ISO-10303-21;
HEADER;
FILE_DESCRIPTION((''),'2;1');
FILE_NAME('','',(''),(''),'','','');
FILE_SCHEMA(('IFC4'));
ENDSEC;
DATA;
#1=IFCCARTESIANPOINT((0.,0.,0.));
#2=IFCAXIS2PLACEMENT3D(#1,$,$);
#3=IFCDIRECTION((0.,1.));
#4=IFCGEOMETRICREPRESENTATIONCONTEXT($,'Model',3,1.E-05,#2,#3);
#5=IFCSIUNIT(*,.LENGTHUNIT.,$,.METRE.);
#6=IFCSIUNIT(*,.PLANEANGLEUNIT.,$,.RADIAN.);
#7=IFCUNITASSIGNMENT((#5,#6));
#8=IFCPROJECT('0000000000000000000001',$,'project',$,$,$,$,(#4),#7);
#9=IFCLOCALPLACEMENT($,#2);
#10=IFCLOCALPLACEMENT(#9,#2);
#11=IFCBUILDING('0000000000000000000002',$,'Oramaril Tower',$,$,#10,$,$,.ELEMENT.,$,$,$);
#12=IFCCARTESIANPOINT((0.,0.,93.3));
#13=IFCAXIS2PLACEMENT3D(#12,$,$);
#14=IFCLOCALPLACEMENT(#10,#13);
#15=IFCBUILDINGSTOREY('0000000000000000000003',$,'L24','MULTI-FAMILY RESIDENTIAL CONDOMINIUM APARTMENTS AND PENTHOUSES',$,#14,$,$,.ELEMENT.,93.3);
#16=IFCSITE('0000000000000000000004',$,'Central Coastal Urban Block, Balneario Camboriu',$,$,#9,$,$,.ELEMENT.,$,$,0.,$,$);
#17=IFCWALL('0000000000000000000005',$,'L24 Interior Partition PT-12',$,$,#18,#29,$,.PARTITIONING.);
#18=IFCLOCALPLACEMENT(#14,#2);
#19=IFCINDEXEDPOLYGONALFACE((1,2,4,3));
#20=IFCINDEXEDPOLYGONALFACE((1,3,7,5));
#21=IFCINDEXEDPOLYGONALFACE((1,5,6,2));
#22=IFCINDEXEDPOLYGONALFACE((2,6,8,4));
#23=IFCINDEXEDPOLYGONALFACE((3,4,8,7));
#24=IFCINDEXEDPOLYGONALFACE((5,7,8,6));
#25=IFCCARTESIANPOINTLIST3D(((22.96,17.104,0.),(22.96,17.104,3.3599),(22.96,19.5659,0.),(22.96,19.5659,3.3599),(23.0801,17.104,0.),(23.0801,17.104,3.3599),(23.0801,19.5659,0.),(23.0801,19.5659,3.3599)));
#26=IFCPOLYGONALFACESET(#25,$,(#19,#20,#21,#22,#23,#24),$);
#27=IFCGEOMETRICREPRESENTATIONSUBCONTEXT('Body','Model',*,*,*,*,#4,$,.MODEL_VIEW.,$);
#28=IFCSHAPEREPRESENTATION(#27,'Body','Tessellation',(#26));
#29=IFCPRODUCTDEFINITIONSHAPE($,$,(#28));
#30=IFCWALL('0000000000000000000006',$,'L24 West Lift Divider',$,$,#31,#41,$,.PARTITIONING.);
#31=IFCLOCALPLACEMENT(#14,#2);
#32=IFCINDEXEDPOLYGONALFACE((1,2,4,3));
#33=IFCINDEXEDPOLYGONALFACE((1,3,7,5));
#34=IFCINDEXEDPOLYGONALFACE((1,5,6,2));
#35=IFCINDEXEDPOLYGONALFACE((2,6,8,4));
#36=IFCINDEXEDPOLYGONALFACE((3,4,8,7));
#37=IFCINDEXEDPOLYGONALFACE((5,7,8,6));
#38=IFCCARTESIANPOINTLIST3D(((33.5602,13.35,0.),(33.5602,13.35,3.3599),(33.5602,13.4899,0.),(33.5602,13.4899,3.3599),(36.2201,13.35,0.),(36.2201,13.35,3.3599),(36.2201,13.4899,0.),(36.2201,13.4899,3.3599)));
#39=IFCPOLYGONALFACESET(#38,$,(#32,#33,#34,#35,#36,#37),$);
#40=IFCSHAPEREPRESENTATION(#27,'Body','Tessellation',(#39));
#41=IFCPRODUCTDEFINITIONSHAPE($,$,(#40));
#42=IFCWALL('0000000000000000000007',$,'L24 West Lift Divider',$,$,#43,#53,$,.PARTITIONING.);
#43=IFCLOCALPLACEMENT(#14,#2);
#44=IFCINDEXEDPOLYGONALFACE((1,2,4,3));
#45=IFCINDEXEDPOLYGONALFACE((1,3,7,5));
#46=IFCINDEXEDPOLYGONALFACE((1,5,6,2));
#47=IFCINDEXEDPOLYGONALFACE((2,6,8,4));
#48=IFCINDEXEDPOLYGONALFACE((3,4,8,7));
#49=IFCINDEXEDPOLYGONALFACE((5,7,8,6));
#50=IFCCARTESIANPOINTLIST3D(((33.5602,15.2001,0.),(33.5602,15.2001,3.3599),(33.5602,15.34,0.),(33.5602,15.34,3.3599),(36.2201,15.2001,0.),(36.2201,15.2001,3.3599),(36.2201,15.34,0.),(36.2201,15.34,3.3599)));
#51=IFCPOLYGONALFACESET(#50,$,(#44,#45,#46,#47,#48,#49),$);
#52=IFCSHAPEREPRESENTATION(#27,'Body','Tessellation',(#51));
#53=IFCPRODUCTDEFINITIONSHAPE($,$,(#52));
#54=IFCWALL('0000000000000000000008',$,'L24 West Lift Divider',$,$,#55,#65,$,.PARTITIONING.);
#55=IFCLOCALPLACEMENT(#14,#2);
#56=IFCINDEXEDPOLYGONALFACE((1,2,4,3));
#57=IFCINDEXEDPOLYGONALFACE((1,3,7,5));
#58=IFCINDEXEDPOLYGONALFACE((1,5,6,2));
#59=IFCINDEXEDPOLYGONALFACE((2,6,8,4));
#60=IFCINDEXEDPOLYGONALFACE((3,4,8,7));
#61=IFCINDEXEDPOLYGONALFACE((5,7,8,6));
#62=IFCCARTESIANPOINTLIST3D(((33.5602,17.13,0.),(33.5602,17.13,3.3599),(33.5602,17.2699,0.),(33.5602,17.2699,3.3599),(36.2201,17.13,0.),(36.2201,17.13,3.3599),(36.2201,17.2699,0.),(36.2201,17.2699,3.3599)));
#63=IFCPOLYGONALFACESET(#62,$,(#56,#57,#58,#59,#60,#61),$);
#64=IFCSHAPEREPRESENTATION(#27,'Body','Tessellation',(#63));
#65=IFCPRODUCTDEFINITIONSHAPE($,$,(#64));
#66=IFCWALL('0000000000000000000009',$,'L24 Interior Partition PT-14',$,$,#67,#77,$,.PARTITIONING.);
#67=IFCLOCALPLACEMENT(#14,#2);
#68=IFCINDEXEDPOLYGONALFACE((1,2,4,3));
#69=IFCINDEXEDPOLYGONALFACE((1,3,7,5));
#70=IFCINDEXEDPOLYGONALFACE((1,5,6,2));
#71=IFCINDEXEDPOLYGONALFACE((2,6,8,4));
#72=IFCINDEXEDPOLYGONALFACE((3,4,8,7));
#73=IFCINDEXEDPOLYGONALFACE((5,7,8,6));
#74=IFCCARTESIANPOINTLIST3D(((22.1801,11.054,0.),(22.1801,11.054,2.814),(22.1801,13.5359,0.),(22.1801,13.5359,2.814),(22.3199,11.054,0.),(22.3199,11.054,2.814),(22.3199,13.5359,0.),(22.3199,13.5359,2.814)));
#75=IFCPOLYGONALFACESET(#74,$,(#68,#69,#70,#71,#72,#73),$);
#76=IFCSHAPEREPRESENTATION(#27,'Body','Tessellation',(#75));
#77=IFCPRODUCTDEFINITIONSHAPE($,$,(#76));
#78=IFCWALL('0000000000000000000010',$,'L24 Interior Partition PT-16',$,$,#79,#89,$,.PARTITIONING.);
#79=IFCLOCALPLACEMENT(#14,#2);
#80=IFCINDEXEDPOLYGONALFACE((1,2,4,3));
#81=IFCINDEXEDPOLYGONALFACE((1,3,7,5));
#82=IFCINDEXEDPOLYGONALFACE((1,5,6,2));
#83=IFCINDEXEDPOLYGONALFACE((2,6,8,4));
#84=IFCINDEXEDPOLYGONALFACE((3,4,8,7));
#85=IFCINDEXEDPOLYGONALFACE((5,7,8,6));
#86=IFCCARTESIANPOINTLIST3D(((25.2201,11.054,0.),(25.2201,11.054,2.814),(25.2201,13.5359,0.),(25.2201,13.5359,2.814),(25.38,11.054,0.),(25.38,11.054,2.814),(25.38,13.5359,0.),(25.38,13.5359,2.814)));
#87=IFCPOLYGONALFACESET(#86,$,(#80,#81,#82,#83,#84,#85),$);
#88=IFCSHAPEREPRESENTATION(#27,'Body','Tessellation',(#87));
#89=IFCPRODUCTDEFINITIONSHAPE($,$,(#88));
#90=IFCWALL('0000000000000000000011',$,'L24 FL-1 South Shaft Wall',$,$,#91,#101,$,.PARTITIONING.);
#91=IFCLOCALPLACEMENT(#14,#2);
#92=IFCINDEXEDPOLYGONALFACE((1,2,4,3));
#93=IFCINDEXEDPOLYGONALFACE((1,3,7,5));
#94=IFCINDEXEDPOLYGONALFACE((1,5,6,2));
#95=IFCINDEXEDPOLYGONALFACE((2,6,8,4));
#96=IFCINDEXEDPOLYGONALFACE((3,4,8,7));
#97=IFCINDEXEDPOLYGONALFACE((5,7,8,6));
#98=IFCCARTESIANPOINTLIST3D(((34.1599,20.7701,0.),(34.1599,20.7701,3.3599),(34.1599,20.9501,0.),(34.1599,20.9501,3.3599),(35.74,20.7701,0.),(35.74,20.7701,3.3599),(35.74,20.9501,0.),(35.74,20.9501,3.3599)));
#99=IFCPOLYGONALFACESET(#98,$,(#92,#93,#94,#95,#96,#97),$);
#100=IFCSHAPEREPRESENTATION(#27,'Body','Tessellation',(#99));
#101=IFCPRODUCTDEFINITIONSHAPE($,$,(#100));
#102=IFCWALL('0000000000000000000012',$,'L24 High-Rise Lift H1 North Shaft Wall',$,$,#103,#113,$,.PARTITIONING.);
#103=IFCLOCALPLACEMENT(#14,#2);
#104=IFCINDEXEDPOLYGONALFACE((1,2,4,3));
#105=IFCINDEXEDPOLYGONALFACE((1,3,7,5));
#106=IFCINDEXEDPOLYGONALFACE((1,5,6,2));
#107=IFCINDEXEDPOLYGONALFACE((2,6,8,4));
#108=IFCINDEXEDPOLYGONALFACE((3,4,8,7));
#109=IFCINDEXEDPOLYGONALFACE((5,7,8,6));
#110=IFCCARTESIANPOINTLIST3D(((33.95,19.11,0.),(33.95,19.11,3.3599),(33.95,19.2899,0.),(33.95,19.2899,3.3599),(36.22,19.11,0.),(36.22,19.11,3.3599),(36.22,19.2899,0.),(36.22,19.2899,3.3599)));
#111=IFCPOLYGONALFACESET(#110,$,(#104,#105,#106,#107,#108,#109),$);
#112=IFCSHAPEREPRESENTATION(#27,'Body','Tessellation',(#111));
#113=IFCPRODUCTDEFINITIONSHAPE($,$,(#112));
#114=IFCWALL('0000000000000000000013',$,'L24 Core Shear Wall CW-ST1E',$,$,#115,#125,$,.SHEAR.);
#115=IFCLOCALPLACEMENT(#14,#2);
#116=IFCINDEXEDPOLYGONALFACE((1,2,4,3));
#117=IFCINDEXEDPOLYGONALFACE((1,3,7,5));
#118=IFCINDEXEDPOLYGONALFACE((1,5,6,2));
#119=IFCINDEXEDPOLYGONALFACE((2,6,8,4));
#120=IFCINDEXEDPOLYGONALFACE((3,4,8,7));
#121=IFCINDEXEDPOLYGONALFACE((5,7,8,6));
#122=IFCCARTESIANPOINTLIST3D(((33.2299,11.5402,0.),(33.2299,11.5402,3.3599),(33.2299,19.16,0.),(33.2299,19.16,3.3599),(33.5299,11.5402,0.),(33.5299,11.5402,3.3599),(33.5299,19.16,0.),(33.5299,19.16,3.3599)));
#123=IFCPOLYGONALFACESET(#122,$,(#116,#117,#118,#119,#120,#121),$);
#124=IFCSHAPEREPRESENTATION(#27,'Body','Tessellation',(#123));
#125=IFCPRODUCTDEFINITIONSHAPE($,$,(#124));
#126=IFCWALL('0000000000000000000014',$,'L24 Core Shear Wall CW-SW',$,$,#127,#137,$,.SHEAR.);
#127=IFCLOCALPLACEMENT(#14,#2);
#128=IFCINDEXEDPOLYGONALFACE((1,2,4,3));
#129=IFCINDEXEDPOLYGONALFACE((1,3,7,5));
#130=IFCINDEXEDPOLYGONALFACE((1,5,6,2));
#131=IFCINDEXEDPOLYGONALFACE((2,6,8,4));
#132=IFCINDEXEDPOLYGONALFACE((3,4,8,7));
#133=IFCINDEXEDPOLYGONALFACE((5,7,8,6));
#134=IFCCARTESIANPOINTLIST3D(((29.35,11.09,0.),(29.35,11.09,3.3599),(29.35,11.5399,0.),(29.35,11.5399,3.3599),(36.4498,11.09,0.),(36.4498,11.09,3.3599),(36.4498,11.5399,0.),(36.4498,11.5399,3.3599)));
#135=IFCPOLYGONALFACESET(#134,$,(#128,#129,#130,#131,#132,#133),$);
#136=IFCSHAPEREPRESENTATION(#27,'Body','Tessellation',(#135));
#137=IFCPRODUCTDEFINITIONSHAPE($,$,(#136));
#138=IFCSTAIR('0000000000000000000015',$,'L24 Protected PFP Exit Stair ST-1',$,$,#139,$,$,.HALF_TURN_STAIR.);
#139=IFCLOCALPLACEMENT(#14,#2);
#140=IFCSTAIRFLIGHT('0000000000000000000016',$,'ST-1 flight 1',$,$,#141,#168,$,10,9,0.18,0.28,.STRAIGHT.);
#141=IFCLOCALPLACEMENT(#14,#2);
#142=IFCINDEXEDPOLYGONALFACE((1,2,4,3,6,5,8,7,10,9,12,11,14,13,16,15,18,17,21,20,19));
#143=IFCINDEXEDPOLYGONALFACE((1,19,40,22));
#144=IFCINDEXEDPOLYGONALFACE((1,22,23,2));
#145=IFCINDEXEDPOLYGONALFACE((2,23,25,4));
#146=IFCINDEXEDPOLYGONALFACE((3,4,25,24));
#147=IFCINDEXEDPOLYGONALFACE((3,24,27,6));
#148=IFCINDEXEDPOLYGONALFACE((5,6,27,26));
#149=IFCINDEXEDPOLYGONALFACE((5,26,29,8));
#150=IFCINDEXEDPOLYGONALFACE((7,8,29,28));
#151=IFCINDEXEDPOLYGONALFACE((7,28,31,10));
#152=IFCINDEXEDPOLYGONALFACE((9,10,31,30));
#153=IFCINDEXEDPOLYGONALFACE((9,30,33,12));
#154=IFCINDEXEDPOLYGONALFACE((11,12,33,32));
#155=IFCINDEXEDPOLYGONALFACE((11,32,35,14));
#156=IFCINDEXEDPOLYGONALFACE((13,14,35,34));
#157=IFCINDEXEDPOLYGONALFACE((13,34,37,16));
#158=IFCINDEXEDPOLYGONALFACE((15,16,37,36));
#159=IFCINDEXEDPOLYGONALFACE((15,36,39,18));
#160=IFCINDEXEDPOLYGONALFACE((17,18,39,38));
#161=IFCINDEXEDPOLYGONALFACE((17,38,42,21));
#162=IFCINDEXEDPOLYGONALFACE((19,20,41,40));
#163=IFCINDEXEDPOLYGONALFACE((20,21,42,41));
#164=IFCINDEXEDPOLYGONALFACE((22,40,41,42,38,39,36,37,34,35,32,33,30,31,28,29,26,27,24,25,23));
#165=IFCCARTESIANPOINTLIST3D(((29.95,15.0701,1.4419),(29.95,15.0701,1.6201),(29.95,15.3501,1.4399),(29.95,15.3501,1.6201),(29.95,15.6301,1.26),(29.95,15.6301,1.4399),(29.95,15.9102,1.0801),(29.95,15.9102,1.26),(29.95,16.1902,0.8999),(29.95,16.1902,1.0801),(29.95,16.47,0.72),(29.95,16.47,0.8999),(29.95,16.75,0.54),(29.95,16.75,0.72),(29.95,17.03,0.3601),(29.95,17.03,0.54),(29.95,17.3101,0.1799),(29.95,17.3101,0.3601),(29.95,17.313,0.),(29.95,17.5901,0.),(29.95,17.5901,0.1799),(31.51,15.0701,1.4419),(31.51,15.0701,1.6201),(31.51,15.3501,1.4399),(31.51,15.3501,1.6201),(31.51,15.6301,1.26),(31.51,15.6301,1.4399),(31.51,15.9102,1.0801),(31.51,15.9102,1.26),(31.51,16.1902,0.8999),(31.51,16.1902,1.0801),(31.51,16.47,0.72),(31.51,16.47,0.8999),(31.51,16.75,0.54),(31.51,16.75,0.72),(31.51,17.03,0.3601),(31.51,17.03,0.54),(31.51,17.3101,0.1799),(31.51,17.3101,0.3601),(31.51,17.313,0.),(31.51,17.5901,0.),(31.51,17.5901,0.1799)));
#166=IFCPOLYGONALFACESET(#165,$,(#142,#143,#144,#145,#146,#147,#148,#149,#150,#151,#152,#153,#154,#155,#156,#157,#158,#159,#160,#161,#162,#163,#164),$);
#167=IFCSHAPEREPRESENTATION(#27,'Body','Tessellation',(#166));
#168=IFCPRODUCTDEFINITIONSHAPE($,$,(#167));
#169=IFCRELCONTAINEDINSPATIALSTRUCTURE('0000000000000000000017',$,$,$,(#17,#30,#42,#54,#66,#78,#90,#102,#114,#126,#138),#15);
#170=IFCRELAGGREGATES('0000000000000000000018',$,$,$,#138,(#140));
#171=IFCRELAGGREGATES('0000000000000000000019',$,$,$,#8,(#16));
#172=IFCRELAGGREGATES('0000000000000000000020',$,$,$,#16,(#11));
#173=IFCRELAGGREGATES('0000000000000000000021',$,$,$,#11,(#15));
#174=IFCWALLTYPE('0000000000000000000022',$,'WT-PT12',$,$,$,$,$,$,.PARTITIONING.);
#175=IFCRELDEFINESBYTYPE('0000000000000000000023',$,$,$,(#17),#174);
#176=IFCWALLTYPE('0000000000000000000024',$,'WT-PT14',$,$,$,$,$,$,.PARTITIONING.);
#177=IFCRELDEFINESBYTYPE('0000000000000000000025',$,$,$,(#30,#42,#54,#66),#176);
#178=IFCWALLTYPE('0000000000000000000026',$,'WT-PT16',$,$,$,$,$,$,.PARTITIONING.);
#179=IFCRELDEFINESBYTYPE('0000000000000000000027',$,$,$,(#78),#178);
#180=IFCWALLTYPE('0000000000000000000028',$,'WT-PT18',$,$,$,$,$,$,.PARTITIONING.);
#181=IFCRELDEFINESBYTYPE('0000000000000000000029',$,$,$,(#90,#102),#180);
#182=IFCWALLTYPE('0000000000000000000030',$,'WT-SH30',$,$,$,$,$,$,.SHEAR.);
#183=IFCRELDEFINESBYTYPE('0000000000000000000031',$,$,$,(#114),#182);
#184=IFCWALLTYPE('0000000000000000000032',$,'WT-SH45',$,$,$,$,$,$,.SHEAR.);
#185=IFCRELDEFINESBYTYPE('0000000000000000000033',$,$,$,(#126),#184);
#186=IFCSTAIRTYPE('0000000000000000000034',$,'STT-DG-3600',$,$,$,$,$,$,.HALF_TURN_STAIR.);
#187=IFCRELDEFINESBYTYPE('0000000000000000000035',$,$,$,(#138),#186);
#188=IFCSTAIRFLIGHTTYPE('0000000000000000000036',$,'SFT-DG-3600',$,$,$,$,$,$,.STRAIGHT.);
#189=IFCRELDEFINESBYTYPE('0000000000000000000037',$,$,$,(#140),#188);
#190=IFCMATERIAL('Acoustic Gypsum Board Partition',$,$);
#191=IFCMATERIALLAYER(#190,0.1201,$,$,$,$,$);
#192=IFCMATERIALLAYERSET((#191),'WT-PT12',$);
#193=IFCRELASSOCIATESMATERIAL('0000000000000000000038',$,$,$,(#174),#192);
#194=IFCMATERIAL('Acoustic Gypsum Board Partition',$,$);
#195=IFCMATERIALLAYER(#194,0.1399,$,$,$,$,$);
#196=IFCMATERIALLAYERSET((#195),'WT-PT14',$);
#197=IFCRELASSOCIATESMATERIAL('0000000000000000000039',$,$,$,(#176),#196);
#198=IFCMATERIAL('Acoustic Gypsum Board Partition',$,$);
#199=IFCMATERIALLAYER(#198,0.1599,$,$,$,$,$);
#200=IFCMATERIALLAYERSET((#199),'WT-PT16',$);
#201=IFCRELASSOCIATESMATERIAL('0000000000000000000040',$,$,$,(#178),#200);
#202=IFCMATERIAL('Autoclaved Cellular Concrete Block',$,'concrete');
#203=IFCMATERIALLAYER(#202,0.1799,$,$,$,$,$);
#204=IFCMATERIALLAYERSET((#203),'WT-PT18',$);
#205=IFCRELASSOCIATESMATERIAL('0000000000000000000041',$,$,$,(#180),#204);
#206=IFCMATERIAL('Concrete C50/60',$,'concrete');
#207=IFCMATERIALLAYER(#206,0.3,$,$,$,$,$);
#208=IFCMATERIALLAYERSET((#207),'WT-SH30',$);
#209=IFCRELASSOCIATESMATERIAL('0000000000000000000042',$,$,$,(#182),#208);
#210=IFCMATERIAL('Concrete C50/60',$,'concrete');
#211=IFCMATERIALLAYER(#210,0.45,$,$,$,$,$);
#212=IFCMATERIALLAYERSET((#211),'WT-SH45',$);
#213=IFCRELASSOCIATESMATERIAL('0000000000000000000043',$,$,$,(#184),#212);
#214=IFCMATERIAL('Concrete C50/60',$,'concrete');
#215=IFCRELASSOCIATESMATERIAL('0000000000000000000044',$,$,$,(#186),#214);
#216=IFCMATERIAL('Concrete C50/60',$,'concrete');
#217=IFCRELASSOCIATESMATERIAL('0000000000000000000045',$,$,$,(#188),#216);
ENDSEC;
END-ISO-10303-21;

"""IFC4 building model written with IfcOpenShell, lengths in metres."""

from ifc_helpers import new_model, si_unit, direction, frame, frame_2d, origin, place, context, subcontext, project, spatial, polyline, rectangle, outline, extrude, material, layer, layer_set, type_object, element, aggregate, save


model = new_model("IFC4")

# Units and contexts
model_context = context("Model", 3, precision=1e-05, world=origin(), true_north=direction((0.0, 1.0)))
body_context = subcontext(model_context, "Body", "Model", "MODEL_VIEW")
ifc_project = project(units=[si_unit("LENGTHUNIT", "METRE"), si_unit("PLANEANGLEUNIT", "RADIAN")], contexts=[model_context])

# Site, building, storey
site_placement = place(None, origin())
site = spatial("IfcSite", under=ifc_project, at=site_placement, Name="Central Coastal Urban Block, Balneario Camboriu", CompositionType="ELEMENT", RefElevation=0.0)
building_placement = place(site_placement, origin())
building = spatial("IfcBuilding", under=site, at=building_placement, Name="Oramaril Tower", CompositionType="ELEMENT")
storey_placement = place(building_placement, frame((0.0, 0.0, 93.3)))
storey = spatial("IfcBuildingStorey", under=building, at=storey_placement, Name="L24", Description="MULTI-FAMILY RESIDENTIAL CONDOMINIUM APARTMENTS AND PENTHOUSES", CompositionType="ELEMENT", Elevation=93.3)

# Walls
ifc_material_1 = material(Name="Acoustic Gypsum Board Partition")
ifc_layer_1 = layer(ifc_material_1, 0.1201)
ifc_layer_set_1 = layer_set([ifc_layer_1], Name="WT-PT12")
wall_type_1 = type_object("IfcWallType", Name="WT-PT12", PredefinedType="PARTITIONING", material=ifc_layer_set_1)
wall_1_placement = place(storey_placement, frame((23.02, 17.104, 0.0), z_axis=(0.0, 0.0, 1.0), x_axis=(0.0, 1.0, 0.0)))
element("IfcWall", 1, at=wall_1_placement, inside=storey, type_object=wall_type_1, Name="L24 Interior Partition PT-12", PredefinedType="PARTITIONING", context=body_context, shape_type="SweptSolid", body=[
    extrude(rectangle(XDim=2.4619, YDim=0.1201, at=frame_2d((1.231, 0.0))), origin(), (0.0, 0.0, 1.0), 3.3599),
])
ifc_material_2 = material(Name="Acoustic Gypsum Board Partition")
ifc_layer_2 = layer(ifc_material_2, 0.1399)
ifc_layer_set_2 = layer_set([ifc_layer_2], Name="WT-PT14")
wall_type_2 = type_object("IfcWallType", Name="WT-PT14", PredefinedType="PARTITIONING", material=ifc_layer_set_2)
for number, where, z_axis, x_axis, name in (
    (2, (33.5601, 13.4199, 0.0), (0.0, 0.0, 1.0), (1.0, 0.0, 0.0), "L24 West Lift Divider"),
    (3, (33.5601, 15.27, 0.0), (0.0, 0.0, 1.0), (1.0, 0.0, 0.0), "L24 West Lift Divider"),
    (4, (33.5601, 17.2, 0.0), (0.0, 0.0, 1.0), (1.0, 0.0, 0.0), "L24 West Lift Divider"),
):
    element("IfcWall", number, at=place(storey_placement, frame(where, z_axis=z_axis, x_axis=x_axis)), inside=storey, type_object=wall_type_2, Name=name, PredefinedType="PARTITIONING", context=body_context, shape_type="SweptSolid", body=[
        extrude(rectangle(XDim=2.6599, YDim=0.1399, at=frame_2d((1.3301, 0.0))), origin(), (0.0, 0.0, 1.0), 3.3599),
    ])
wall_2_placement = place(storey_placement, frame((22.25, 11.054, 0.0), z_axis=(0.0, 0.0, 1.0), x_axis=(0.0, 1.0, 0.0)))
element("IfcWall", 5, at=wall_2_placement, inside=storey, type_object=wall_type_2, Name="L24 Interior Partition PT-14", PredefinedType="PARTITIONING", context=body_context, shape_type="SweptSolid", body=[
    extrude(rectangle(XDim=2.4819, YDim=0.1399, at=frame_2d((1.241, 0.0))), origin(), (0.0, 0.0, 1.0), 2.814),
])
ifc_material_3 = material(Name="Acoustic Gypsum Board Partition")
ifc_layer_3 = layer(ifc_material_3, 0.1599)
ifc_layer_set_3 = layer_set([ifc_layer_3], Name="WT-PT16")
wall_type_3 = type_object("IfcWallType", Name="WT-PT16", PredefinedType="PARTITIONING", material=ifc_layer_set_3)
wall_3_placement = place(storey_placement, frame((25.3, 11.054, 0.0), z_axis=(0.0, 0.0, 1.0), x_axis=(0.0, 1.0, 0.0)))
element("IfcWall", 6, at=wall_3_placement, inside=storey, type_object=wall_type_3, Name="L24 Interior Partition PT-16", PredefinedType="PARTITIONING", context=body_context, shape_type="SweptSolid", body=[
    extrude(rectangle(XDim=2.4819, YDim=0.1599, at=frame_2d((1.241, 0.0))), origin(), (0.0, 0.0, 1.0), 2.814),
])
ifc_material_4 = material(Name="Autoclaved Cellular Concrete Block", Category="concrete")
ifc_layer_4 = layer(ifc_material_4, 0.1799)
ifc_layer_set_4 = layer_set([ifc_layer_4], Name="WT-PT18")
wall_type_4 = type_object("IfcWallType", Name="WT-PT18", PredefinedType="PARTITIONING", material=ifc_layer_set_4)
wall_4_placement = place(storey_placement, frame((34.1599, 20.8601, 0.0), z_axis=(0.0, 0.0, 1.0), x_axis=(1.0, 0.0, 0.0)))
element("IfcWall", 7, at=wall_4_placement, inside=storey, type_object=wall_type_4, Name="L24 FL-1 South Shaft Wall", PredefinedType="PARTITIONING", context=body_context, shape_type="SweptSolid", body=[
    extrude(rectangle(XDim=1.5801, YDim=0.1799, at=frame_2d((0.79, 0.0))), origin(), (0.0, 0.0, 1.0), 3.3599),
])
wall_5_placement = place(storey_placement, frame((33.95, 19.2, 0.0), z_axis=(0.0, 0.0, 1.0), x_axis=(1.0, 0.0, 0.0)))
element("IfcWall", 8, at=wall_5_placement, inside=storey, type_object=wall_type_4, Name="L24 High-Rise Lift H1 North Shaft Wall", PredefinedType="PARTITIONING", context=body_context, shape_type="SweptSolid", body=[
    extrude(rectangle(XDim=2.27, YDim=0.1799, at=frame_2d((1.135, 0.0))), origin(), (0.0, 0.0, 1.0), 3.3599),
])

# Shared definitions
ifc_material_5 = material(Name="Concrete C50/60", Category="concrete")
ifc_layer_5 = layer(ifc_material_5, 0.3)
ifc_layer_set_5 = layer_set([ifc_layer_5], Name="WT-SH30")
wall_type_5 = type_object("IfcWallType", Name="WT-SH30", PredefinedType="SHEAR", material=ifc_layer_set_5)

# Walls
wall_6_placement = place(storey_placement, frame((33.3799, 11.54, 0.0), z_axis=(0.0, 0.0, 1.0), x_axis=(0.0, 1.0, 0.0)))
element("IfcWall", 9, at=wall_6_placement, inside=storey, type_object=wall_type_5, Name="L24 Core Shear Wall CW-ST1E", PredefinedType="SHEAR", context=body_context, shape_type="SweptSolid", body=[
    extrude(rectangle(XDim=7.6199, YDim=0.3, at=frame_2d((3.8101, 0.0))), origin(), (0.0, 0.0, 1.0), 3.3599),
])
ifc_material_6 = material(Name="Concrete C50/60", Category="concrete")
ifc_layer_6 = layer(ifc_material_6, 0.45)
ifc_layer_set_6 = layer_set([ifc_layer_6], Name="WT-SH45")
wall_type_6 = type_object("IfcWallType", Name="WT-SH45", PredefinedType="SHEAR", material=ifc_layer_set_6)
wall_7_placement = place(storey_placement, frame((29.3501, 11.3149, 0.0), z_axis=(0.0, 0.0, 1.0), x_axis=(1.0, 0.0, 0.0)))
element("IfcWall", 10, at=wall_7_placement, inside=storey, type_object=wall_type_6, Name="L24 Core Shear Wall CW-SW", PredefinedType="SHEAR", context=body_context, shape_type="SweptSolid", body=[
    extrude(rectangle(XDim=7.0999, YDim=0.45, at=frame_2d((3.5498, 0.0))), origin(), (0.0, 0.0, 1.0), 3.3599),
])

# Stair, stair flight
ifc_material_7 = material(Name="Concrete C50/60", Category="concrete")
stair_type = type_object("IfcStairType", Name="STT-DG-3600", PredefinedType="HALF_TURN_STAIR", material=ifc_material_7)
stair_placement = place(storey_placement, origin())
stair = element("IfcStair", 11, at=stair_placement, inside=storey, type_object=stair_type, Name="L24 Protected PFP Exit Stair ST-1", PredefinedType="HALF_TURN_STAIR")
ifc_material_8 = material(Name="Concrete C50/60", Category="concrete")
stair_flight_type = type_object("IfcStairFlightType", Name="SFT-DG-3600", PredefinedType="STRAIGHT", material=ifc_material_8)
stair_flight_1_placement = place(storey_placement, frame((30.73, 17.5901, 0.0), z_axis=(0.0, 0.0, 1.0), x_axis=(0.0, -1.0, 0.0)))
stair_flight_1 = element("IfcStairFlight", 12, at=stair_flight_1_placement, type_object=stair_flight_type, Name="ST-1 flight 1", NumberOfRisers=10, NumberOfTreads=9, PredefinedType="STRAIGHT", RiserHeight=0.18, TreadLength=0.28, context=body_context, shape_type="SweptSolid", body=[
    extrude(outline(polyline([(0.0, 0.0), (0.0, 0.1799), (0.28, 0.1799), (0.28, 0.3601), (0.5601, 0.3601), (0.5601, 0.54), (0.8401, 0.54), (0.8401, 0.72), (1.1201, 0.72), (1.1201, 0.8999), (1.3999, 0.8999), (1.3999, 1.0801), (1.6799, 1.0801), (1.6799, 1.26), (1.96, 1.26), (1.96, 1.4399), (2.24, 1.4399), (2.24, 1.6201), (2.52, 1.6201), (2.52, 1.8), (2.52, 1.4419), (0.2771, 0.0), (0.0, 0.0)])), frame((0.0, 0.78, 0.0), z_axis=(0.0, -1.0, 0.0), x_axis=(1.0, 0.0, 0.0)), (0.0, 0.0, 1.0), 1.5601),
])
aggregate(stair, [stair_flight_1])

save(model, "model.ifc")
